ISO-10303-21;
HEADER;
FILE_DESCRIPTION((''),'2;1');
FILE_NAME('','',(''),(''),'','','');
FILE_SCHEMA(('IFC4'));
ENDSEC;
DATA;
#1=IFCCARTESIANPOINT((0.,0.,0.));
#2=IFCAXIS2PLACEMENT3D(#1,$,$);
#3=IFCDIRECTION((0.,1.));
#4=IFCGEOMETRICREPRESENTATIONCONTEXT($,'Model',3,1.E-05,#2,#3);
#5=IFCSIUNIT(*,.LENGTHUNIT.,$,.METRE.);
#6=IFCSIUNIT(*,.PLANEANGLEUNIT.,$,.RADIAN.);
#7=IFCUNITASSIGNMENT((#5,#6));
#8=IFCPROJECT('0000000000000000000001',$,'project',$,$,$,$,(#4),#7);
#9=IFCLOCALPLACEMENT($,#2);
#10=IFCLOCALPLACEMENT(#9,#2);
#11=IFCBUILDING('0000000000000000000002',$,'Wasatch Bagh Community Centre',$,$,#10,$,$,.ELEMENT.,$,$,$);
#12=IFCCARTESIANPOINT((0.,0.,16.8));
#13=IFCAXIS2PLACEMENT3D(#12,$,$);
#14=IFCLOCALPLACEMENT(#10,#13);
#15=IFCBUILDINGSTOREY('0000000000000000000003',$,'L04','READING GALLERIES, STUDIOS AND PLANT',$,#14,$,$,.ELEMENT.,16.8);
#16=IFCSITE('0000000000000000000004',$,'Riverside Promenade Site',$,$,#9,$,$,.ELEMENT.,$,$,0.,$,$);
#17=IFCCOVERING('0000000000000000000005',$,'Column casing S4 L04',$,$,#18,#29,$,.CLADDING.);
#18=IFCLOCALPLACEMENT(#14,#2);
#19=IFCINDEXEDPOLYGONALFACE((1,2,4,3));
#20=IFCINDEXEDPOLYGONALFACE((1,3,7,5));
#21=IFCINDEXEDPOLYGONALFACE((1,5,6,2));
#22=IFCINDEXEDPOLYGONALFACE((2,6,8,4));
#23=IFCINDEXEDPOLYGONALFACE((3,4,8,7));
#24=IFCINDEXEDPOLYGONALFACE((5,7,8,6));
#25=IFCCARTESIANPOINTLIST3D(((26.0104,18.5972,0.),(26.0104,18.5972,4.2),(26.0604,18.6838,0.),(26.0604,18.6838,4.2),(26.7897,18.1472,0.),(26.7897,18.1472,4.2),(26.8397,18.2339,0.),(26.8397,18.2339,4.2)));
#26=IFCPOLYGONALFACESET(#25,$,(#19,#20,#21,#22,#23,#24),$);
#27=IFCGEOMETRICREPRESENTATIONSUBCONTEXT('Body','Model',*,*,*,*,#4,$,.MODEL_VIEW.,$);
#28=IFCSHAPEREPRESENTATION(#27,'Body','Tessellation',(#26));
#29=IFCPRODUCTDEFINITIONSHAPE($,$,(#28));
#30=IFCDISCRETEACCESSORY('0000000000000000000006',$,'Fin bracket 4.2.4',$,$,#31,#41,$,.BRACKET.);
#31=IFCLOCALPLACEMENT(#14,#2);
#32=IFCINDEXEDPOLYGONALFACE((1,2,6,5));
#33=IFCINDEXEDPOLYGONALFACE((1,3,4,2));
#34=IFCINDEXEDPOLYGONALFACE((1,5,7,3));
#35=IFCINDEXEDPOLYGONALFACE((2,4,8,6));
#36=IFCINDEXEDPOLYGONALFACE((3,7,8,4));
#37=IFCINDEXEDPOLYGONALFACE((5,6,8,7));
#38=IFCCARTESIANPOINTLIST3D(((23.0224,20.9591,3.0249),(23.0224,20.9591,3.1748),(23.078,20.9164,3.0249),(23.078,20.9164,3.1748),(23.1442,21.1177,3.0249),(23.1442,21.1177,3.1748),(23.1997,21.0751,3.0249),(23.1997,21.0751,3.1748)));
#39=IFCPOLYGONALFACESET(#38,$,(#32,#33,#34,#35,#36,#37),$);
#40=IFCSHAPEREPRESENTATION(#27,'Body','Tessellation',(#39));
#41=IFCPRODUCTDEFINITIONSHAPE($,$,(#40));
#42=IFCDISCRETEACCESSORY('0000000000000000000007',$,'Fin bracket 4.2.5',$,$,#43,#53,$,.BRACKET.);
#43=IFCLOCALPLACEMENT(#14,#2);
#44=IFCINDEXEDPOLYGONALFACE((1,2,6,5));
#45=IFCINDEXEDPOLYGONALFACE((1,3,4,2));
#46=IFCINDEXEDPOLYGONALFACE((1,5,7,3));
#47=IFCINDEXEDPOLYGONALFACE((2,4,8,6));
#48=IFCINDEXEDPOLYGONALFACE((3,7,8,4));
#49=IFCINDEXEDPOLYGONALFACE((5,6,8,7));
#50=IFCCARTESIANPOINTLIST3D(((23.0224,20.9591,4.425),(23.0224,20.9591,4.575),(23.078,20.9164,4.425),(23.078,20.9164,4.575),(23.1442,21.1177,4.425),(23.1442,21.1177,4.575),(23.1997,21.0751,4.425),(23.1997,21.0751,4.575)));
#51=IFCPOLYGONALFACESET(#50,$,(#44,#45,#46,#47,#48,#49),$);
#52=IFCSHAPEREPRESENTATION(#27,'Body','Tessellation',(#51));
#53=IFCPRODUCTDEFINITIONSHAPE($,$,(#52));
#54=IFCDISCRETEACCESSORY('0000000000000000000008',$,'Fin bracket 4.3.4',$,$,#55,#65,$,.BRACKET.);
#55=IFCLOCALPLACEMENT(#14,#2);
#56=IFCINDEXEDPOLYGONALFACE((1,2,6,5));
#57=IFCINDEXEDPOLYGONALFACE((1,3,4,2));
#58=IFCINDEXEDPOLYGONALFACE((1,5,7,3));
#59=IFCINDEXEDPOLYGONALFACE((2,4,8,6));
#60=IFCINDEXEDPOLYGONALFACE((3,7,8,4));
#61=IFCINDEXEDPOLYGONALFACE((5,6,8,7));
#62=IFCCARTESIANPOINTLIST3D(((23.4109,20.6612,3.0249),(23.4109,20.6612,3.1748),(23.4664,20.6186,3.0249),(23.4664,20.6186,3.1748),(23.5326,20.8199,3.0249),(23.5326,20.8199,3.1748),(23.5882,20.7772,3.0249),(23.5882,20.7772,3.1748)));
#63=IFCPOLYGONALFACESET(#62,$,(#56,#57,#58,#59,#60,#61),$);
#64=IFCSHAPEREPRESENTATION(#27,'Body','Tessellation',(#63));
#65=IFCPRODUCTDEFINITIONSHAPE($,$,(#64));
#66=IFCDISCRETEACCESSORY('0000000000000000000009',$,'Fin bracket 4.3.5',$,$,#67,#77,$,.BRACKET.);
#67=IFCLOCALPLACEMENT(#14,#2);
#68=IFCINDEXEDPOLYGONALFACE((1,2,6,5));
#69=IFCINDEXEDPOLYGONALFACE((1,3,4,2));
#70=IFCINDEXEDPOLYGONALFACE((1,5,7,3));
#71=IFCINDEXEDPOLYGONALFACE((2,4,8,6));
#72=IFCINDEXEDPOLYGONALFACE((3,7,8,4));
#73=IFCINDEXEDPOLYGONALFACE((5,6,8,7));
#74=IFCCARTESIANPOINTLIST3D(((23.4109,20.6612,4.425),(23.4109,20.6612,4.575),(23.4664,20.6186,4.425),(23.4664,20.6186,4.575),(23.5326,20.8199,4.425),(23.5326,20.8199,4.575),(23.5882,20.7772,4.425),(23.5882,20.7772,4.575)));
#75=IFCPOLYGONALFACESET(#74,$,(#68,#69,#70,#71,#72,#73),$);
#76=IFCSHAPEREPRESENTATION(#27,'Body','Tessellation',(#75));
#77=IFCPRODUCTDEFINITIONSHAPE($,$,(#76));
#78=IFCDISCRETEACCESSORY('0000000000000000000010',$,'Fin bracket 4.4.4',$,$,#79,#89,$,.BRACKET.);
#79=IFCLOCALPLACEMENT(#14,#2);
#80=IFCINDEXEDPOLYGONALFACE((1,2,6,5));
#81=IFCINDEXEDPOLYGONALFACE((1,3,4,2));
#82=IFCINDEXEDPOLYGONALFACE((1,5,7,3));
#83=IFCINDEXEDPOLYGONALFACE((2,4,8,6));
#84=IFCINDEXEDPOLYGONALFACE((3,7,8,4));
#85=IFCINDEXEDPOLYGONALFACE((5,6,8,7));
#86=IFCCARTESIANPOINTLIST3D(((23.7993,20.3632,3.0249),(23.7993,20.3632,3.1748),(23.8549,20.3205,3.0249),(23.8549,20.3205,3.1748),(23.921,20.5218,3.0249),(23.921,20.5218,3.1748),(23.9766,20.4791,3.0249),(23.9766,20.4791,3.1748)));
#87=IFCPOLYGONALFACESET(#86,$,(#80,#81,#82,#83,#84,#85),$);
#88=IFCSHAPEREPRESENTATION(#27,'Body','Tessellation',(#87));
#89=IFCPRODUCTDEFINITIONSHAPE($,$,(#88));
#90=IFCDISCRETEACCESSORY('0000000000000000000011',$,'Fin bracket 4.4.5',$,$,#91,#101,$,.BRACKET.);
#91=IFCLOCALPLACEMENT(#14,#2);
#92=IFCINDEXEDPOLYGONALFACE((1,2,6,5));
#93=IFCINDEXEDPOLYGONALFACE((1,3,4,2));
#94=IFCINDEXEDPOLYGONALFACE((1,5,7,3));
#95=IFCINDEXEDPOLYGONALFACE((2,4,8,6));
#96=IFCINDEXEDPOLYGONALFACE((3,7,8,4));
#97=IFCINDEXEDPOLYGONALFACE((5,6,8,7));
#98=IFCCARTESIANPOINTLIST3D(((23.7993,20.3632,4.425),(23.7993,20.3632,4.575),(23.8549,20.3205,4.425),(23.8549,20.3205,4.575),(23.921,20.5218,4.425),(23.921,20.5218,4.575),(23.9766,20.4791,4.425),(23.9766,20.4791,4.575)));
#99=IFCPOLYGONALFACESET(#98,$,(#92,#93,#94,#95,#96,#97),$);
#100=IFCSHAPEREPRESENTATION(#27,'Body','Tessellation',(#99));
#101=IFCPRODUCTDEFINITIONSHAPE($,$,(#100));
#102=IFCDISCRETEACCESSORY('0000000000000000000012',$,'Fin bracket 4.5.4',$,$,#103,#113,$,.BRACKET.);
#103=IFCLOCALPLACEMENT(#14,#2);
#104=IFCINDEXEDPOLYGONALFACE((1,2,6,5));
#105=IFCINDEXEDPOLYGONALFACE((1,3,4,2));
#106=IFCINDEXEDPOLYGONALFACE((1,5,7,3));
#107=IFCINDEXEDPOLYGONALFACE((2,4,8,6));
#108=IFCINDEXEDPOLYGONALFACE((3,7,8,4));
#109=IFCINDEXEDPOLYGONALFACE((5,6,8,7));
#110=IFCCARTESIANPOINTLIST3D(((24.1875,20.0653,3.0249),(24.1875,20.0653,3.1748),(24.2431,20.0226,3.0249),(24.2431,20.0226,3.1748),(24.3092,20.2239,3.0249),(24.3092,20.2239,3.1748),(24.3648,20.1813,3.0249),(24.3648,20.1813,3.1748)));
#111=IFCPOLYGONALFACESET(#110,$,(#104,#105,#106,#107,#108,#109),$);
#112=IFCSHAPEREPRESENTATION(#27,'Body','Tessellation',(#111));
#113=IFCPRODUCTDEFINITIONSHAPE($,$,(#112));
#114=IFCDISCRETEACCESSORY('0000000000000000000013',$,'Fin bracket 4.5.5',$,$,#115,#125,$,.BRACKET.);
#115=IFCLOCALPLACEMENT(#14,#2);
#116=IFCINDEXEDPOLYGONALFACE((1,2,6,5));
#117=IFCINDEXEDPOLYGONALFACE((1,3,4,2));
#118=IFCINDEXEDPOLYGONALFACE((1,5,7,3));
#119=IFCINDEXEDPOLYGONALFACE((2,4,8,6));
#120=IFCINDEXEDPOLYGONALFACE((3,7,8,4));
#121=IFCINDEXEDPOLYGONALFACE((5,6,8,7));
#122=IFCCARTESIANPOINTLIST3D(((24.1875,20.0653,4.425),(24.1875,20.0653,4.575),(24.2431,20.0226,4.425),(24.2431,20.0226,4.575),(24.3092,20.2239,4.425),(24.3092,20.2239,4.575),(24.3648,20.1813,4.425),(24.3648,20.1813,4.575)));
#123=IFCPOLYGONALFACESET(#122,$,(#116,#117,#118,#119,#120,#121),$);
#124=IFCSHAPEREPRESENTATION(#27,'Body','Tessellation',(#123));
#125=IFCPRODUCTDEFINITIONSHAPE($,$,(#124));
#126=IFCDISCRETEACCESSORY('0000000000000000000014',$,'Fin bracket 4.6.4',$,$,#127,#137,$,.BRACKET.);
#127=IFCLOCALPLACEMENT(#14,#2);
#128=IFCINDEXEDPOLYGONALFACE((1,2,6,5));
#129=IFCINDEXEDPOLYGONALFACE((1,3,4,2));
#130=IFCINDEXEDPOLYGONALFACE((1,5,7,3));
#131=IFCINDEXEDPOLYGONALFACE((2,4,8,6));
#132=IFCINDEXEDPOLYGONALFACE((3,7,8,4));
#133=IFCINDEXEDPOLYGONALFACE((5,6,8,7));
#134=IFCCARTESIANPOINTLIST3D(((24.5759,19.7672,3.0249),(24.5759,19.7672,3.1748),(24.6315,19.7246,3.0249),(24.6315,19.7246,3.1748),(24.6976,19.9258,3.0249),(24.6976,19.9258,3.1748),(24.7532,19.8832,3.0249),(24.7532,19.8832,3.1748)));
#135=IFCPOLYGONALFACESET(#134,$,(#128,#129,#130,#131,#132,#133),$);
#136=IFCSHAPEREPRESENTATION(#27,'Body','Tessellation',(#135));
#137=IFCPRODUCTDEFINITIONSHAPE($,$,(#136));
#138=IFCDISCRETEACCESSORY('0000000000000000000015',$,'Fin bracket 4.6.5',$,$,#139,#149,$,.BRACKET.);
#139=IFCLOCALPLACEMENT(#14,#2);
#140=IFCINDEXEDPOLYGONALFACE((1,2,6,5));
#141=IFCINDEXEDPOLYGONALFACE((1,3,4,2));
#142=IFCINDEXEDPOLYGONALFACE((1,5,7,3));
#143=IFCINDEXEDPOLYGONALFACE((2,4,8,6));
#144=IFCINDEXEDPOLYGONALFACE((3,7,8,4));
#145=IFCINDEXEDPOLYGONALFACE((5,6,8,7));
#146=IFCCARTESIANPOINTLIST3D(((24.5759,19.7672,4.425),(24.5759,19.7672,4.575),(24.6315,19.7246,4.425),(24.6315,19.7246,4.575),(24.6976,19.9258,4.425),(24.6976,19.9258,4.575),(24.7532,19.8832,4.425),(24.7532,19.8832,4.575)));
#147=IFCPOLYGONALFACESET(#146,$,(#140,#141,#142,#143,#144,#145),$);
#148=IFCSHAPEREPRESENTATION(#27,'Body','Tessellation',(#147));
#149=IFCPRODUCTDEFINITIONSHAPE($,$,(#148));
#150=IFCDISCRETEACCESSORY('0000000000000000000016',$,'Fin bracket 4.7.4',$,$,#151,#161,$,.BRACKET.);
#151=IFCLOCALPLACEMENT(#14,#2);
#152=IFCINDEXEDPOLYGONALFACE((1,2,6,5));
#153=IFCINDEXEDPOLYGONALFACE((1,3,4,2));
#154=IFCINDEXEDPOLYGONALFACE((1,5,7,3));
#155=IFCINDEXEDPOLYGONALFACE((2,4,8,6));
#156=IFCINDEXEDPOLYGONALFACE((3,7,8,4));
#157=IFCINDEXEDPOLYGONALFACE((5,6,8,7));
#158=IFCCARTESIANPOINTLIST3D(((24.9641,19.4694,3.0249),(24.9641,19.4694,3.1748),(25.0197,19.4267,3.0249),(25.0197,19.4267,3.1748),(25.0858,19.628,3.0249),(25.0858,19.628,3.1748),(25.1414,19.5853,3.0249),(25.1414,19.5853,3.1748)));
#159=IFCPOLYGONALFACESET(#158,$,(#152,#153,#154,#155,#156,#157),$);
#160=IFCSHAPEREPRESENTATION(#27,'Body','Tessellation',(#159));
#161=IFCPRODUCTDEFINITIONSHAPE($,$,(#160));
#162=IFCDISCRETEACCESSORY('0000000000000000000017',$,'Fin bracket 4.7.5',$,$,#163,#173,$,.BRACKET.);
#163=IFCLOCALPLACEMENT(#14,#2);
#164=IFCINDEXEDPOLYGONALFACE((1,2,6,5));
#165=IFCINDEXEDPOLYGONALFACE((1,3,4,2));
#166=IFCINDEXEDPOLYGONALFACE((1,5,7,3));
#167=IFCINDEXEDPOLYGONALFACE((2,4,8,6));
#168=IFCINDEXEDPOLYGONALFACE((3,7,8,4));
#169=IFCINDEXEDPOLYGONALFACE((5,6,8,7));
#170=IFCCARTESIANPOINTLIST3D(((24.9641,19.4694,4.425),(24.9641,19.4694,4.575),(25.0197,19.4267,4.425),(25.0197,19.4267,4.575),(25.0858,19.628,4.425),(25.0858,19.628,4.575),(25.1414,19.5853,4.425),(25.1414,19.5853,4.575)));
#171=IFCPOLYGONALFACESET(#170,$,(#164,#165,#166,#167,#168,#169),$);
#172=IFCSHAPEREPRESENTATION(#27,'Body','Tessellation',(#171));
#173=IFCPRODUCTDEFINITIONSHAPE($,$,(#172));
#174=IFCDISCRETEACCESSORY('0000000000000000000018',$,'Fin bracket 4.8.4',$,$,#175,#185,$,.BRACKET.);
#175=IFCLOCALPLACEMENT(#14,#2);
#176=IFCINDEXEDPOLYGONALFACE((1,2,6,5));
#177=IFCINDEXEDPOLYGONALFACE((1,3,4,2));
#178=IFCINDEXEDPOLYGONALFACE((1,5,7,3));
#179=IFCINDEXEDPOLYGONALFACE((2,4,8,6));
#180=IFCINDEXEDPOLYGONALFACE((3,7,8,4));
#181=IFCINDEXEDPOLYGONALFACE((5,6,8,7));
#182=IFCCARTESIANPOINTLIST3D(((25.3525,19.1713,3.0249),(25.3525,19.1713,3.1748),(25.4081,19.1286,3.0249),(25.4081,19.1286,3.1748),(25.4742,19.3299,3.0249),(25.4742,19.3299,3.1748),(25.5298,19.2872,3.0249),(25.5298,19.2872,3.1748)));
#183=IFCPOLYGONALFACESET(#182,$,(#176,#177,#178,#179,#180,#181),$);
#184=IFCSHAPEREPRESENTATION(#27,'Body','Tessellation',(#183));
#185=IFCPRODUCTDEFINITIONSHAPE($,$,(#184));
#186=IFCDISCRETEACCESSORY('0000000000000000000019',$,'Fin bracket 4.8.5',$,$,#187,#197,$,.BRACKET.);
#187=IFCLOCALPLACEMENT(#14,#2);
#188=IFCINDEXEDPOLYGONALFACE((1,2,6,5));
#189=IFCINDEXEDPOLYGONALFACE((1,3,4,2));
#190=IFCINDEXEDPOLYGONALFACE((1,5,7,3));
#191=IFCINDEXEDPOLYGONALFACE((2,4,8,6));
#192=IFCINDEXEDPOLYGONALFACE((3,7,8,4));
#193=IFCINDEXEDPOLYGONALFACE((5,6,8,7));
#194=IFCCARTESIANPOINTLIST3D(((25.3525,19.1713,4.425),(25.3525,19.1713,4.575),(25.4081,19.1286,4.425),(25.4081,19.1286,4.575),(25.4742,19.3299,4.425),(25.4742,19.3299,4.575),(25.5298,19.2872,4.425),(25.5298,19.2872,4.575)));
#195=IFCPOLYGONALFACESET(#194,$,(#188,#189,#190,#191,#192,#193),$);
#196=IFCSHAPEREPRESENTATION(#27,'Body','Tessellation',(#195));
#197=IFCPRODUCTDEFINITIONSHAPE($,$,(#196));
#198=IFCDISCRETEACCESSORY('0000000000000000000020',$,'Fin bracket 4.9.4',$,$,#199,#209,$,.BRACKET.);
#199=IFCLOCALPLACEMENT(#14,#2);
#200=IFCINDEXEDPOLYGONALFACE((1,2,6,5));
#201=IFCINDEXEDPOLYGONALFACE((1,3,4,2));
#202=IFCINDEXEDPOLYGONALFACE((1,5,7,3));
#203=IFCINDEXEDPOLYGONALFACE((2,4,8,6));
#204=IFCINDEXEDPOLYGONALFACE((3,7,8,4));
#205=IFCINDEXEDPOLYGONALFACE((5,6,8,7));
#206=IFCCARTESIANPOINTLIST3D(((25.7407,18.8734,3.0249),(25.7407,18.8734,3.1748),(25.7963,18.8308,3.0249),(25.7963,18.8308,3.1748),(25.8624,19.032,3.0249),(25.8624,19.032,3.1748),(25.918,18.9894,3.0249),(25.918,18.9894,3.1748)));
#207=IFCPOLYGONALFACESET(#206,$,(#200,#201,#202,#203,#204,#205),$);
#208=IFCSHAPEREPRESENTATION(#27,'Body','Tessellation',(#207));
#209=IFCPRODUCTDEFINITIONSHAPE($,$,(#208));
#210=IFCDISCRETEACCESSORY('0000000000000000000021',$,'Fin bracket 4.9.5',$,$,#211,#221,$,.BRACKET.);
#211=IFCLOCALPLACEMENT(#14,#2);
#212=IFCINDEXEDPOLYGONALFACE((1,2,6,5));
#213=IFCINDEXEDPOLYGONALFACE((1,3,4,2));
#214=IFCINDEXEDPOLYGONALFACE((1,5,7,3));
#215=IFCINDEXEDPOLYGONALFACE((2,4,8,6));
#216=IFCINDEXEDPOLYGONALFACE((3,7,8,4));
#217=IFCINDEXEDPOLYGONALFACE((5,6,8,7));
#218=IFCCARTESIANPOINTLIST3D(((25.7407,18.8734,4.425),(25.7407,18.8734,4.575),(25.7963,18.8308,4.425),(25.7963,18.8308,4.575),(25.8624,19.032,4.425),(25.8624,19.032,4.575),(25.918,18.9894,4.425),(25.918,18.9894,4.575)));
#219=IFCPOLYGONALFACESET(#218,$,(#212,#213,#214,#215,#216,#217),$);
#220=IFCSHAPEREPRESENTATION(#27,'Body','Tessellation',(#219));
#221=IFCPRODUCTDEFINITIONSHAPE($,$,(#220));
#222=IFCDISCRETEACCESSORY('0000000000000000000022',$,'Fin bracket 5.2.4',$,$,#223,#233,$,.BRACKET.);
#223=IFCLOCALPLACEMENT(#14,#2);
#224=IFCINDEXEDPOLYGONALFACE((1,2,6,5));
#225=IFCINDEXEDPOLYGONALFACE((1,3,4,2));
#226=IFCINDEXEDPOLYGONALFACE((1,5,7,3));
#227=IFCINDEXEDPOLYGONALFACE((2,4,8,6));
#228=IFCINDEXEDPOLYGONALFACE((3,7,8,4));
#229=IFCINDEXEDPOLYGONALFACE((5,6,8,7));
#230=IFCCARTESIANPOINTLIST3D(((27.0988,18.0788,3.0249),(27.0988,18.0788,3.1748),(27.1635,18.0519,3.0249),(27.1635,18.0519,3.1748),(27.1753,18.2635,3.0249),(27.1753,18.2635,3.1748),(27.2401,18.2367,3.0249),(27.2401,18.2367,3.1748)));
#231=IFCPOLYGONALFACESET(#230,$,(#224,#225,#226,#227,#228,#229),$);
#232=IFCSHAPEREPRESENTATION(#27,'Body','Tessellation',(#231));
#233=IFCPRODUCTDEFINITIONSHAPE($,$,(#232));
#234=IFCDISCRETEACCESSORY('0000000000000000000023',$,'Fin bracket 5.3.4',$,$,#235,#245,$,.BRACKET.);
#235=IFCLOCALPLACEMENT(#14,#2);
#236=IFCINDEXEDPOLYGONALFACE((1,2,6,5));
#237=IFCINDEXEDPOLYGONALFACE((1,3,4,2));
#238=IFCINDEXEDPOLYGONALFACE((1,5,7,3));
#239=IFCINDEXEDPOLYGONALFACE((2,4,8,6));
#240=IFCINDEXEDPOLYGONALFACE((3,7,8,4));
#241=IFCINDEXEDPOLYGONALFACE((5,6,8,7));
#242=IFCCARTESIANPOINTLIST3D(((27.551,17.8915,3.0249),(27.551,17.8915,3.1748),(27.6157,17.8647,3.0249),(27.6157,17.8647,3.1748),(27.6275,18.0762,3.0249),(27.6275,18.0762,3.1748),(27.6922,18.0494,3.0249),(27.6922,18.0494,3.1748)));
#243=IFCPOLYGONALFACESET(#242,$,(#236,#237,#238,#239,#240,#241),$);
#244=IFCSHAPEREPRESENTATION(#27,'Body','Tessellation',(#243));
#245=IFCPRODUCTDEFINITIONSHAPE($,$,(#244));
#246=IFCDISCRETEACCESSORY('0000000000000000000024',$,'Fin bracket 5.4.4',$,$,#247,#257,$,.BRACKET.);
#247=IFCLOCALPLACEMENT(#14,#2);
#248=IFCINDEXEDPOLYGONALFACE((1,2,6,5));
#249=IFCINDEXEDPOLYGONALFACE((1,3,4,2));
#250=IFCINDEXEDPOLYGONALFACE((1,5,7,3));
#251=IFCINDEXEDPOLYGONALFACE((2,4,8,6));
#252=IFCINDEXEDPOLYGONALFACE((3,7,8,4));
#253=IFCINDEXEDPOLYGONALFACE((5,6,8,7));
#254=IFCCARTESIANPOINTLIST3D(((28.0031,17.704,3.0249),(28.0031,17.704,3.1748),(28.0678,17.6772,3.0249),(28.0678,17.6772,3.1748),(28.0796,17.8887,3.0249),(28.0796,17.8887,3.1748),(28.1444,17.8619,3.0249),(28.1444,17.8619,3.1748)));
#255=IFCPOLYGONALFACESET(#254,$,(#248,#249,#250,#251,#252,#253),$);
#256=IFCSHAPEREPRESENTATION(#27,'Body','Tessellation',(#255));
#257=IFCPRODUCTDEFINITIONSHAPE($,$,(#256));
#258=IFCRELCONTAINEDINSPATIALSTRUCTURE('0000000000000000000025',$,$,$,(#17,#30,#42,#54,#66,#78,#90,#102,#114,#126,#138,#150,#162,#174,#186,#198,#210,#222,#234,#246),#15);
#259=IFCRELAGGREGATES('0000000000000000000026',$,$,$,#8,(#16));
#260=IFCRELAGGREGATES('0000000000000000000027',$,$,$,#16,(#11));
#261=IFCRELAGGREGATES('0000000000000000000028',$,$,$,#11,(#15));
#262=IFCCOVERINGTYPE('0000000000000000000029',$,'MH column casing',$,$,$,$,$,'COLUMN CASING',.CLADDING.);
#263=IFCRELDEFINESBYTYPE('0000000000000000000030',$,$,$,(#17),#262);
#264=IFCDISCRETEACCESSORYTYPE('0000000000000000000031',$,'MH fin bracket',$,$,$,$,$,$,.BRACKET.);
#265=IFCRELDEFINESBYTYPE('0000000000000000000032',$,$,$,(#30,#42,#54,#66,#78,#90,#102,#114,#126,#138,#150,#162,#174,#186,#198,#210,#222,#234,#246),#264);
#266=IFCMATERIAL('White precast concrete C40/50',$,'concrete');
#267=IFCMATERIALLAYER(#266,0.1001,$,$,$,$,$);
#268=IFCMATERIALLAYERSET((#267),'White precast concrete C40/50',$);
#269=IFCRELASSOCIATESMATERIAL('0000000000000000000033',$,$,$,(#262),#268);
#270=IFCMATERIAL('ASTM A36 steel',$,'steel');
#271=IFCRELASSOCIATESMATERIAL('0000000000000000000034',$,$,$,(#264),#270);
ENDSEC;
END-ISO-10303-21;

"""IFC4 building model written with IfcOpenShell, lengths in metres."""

from ifc_helpers import new_model, si_unit, direction, frame, origin, origin_2d, place, context, subcontext, project, spatial, rectangle, extrude, material, layer, layer_set, type_object, element, save


model = new_model("IFC4")

# Units and contexts
model_context = context("Model", 3, precision=1e-05, world=origin(), true_north=direction((0.0, 1.0)))
body_context = subcontext(model_context, "Body", "Model", "MODEL_VIEW")
ifc_project = project(units=[si_unit("LENGTHUNIT", "METRE"), si_unit("PLANEANGLEUNIT", "RADIAN")], contexts=[model_context])

# Site, building, storey
site_placement = place(None, origin())
site = spatial("IfcSite", under=ifc_project, at=site_placement, Name="Riverside Promenade Site", CompositionType="ELEMENT", RefElevation=0.0)
building_placement = place(site_placement, origin())
building = spatial("IfcBuilding", under=site, at=building_placement, Name="Wasatch Bagh Community Centre", CompositionType="ELEMENT")
storey_placement = place(building_placement, frame((0.0, 0.0, 16.8)))
storey = spatial("IfcBuildingStorey", under=building, at=storey_placement, Name="L04", Description="READING GALLERIES, STUDIOS AND PLANT", CompositionType="ELEMENT", Elevation=16.8)

# Covering
ifc_material_1 = material(Name="White precast concrete C40/50", Category="concrete")
ifc_layer_1 = layer(ifc_material_1, 0.1001)
ifc_layer_set_1 = layer_set([ifc_layer_1], Name="White precast concrete C40/50")
covering_type = type_object("IfcCoveringType", Name="MH column casing", ElementType="COLUMN CASING", PredefinedType="CLADDING", material=ifc_layer_set_1)
covering_placement = place(storey_placement, frame((26.425, 18.4155, 0.0), z_axis=(0.0, 0.0, 1.0), x_axis=(0.866025, -0.5, 0.0)))
element("IfcCovering", 1, at=covering_placement, inside=storey, type_object=covering_type, Name="Column casing S4 L04", PredefinedType="CLADDING", context=body_context, shape_type="SweptSolid", body=[
    extrude(rectangle(XDim=0.8999, YDim=0.1001, at=origin_2d()), origin(), (0.0, 0.0, 1.0), 4.2),
])

# Discrete accessories
ifc_material_2 = material(Name="ASTM A36 steel", Category="steel")
discrete_accessory_type = type_object("IfcDiscreteAccessoryType", Name="MH fin bracket", PredefinedType="BRACKET", material=ifc_material_2)
for number, where, z_axis, x_axis, name in (
    (2, (23.1111, 21.0171, 3.0249), (0.0, 0.0, 1.0), (0.793353, -0.608761, 0.0), "Fin bracket 4.2.4"),
    (3, (23.1111, 21.0171, 4.425), (0.0, 0.0, 1.0), (0.793353, -0.608761, 0.0), "Fin bracket 4.2.5"),
    (4, (23.4995, 20.7192, 3.0249), (0.0, 0.0, 1.0), (0.793353, -0.608761, 0.0), "Fin bracket 4.3.4"),
    (5, (23.4995, 20.7192, 4.425), (0.0, 0.0, 1.0), (0.793353, -0.608761, 0.0), "Fin bracket 4.3.5"),
    (6, (23.8879, 20.4211, 3.0249), (0.0, 0.0, 1.0), (0.793353, -0.608761, 0.0), "Fin bracket 4.4.4"),
    (7, (23.8879, 20.4211, 4.425), (0.0, 0.0, 1.0), (0.793353, -0.608761, 0.0), "Fin bracket 4.4.5"),
    (8, (24.2761, 20.1233, 3.0249), (0.0, 0.0, 1.0), (0.793353, -0.608761, 0.0), "Fin bracket 4.5.4"),
    (9, (24.2761, 20.1233, 4.425), (0.0, 0.0, 1.0), (0.793353, -0.608761, 0.0), "Fin bracket 4.5.5"),
    (10, (24.6646, 19.8252, 3.0249), (0.0, 0.0, 1.0), (0.793353, -0.608761, 0.0), "Fin bracket 4.6.4"),
    (11, (24.6646, 19.8252, 4.425), (0.0, 0.0, 1.0), (0.793353, -0.608761, 0.0), "Fin bracket 4.6.5"),
    (12, (25.0527, 19.5273, 3.0249), (0.0, 0.0, 1.0), (0.793353, -0.608761, 0.0), "Fin bracket 4.7.4"),
    (13, (25.0527, 19.5273, 4.425), (0.0, 0.0, 1.0), (0.793353, -0.608761, 0.0), "Fin bracket 4.7.5"),
    (14, (25.4412, 19.2292, 3.0249), (0.0, 0.0, 1.0), (0.793353, -0.608761, 0.0), "Fin bracket 4.8.4"),
    (15, (25.4412, 19.2292, 4.425), (0.0, 0.0, 1.0), (0.793353, -0.608761, 0.0), "Fin bracket 4.8.5"),
    (16, (25.8293, 18.9314, 3.0249), (0.0, 0.0, 1.0), (0.793353, -0.608761, 0.0), "Fin bracket 4.9.4"),
    (17, (25.8293, 18.9314, 4.425), (0.0, 0.0, 1.0), (0.793353, -0.608761, 0.0), "Fin bracket 4.9.5"),
    (18, (27.1694, 18.1577, 3.0249), (0.0, 0.0, 1.0), (0.92388, -0.382683, 0.0), "Fin bracket 5.2.4"),
    (19, (27.6216, 17.9705, 3.0249), (0.0, 0.0, 1.0), (0.92388, -0.382683, 0.0), "Fin bracket 5.3.4"),
    (20, (28.0737, 17.783, 3.0249), (0.0, 0.0, 1.0), (0.92388, -0.382683, 0.0), "Fin bracket 5.4.4"),
):
    element("IfcDiscreteAccessory", number, at=place(storey_placement, frame(where, z_axis=z_axis, x_axis=x_axis)), inside=storey, type_object=discrete_accessory_type, Name=name, PredefinedType="BRACKET", context=body_context, shape_type="SweptSolid", body=[
        extrude(rectangle(XDim=0.0701, YDim=0.2, at=origin_2d()), origin(), (0.0, 0.0, 1.0), 0.1499),
    ])

save(model, "model.ifc")
